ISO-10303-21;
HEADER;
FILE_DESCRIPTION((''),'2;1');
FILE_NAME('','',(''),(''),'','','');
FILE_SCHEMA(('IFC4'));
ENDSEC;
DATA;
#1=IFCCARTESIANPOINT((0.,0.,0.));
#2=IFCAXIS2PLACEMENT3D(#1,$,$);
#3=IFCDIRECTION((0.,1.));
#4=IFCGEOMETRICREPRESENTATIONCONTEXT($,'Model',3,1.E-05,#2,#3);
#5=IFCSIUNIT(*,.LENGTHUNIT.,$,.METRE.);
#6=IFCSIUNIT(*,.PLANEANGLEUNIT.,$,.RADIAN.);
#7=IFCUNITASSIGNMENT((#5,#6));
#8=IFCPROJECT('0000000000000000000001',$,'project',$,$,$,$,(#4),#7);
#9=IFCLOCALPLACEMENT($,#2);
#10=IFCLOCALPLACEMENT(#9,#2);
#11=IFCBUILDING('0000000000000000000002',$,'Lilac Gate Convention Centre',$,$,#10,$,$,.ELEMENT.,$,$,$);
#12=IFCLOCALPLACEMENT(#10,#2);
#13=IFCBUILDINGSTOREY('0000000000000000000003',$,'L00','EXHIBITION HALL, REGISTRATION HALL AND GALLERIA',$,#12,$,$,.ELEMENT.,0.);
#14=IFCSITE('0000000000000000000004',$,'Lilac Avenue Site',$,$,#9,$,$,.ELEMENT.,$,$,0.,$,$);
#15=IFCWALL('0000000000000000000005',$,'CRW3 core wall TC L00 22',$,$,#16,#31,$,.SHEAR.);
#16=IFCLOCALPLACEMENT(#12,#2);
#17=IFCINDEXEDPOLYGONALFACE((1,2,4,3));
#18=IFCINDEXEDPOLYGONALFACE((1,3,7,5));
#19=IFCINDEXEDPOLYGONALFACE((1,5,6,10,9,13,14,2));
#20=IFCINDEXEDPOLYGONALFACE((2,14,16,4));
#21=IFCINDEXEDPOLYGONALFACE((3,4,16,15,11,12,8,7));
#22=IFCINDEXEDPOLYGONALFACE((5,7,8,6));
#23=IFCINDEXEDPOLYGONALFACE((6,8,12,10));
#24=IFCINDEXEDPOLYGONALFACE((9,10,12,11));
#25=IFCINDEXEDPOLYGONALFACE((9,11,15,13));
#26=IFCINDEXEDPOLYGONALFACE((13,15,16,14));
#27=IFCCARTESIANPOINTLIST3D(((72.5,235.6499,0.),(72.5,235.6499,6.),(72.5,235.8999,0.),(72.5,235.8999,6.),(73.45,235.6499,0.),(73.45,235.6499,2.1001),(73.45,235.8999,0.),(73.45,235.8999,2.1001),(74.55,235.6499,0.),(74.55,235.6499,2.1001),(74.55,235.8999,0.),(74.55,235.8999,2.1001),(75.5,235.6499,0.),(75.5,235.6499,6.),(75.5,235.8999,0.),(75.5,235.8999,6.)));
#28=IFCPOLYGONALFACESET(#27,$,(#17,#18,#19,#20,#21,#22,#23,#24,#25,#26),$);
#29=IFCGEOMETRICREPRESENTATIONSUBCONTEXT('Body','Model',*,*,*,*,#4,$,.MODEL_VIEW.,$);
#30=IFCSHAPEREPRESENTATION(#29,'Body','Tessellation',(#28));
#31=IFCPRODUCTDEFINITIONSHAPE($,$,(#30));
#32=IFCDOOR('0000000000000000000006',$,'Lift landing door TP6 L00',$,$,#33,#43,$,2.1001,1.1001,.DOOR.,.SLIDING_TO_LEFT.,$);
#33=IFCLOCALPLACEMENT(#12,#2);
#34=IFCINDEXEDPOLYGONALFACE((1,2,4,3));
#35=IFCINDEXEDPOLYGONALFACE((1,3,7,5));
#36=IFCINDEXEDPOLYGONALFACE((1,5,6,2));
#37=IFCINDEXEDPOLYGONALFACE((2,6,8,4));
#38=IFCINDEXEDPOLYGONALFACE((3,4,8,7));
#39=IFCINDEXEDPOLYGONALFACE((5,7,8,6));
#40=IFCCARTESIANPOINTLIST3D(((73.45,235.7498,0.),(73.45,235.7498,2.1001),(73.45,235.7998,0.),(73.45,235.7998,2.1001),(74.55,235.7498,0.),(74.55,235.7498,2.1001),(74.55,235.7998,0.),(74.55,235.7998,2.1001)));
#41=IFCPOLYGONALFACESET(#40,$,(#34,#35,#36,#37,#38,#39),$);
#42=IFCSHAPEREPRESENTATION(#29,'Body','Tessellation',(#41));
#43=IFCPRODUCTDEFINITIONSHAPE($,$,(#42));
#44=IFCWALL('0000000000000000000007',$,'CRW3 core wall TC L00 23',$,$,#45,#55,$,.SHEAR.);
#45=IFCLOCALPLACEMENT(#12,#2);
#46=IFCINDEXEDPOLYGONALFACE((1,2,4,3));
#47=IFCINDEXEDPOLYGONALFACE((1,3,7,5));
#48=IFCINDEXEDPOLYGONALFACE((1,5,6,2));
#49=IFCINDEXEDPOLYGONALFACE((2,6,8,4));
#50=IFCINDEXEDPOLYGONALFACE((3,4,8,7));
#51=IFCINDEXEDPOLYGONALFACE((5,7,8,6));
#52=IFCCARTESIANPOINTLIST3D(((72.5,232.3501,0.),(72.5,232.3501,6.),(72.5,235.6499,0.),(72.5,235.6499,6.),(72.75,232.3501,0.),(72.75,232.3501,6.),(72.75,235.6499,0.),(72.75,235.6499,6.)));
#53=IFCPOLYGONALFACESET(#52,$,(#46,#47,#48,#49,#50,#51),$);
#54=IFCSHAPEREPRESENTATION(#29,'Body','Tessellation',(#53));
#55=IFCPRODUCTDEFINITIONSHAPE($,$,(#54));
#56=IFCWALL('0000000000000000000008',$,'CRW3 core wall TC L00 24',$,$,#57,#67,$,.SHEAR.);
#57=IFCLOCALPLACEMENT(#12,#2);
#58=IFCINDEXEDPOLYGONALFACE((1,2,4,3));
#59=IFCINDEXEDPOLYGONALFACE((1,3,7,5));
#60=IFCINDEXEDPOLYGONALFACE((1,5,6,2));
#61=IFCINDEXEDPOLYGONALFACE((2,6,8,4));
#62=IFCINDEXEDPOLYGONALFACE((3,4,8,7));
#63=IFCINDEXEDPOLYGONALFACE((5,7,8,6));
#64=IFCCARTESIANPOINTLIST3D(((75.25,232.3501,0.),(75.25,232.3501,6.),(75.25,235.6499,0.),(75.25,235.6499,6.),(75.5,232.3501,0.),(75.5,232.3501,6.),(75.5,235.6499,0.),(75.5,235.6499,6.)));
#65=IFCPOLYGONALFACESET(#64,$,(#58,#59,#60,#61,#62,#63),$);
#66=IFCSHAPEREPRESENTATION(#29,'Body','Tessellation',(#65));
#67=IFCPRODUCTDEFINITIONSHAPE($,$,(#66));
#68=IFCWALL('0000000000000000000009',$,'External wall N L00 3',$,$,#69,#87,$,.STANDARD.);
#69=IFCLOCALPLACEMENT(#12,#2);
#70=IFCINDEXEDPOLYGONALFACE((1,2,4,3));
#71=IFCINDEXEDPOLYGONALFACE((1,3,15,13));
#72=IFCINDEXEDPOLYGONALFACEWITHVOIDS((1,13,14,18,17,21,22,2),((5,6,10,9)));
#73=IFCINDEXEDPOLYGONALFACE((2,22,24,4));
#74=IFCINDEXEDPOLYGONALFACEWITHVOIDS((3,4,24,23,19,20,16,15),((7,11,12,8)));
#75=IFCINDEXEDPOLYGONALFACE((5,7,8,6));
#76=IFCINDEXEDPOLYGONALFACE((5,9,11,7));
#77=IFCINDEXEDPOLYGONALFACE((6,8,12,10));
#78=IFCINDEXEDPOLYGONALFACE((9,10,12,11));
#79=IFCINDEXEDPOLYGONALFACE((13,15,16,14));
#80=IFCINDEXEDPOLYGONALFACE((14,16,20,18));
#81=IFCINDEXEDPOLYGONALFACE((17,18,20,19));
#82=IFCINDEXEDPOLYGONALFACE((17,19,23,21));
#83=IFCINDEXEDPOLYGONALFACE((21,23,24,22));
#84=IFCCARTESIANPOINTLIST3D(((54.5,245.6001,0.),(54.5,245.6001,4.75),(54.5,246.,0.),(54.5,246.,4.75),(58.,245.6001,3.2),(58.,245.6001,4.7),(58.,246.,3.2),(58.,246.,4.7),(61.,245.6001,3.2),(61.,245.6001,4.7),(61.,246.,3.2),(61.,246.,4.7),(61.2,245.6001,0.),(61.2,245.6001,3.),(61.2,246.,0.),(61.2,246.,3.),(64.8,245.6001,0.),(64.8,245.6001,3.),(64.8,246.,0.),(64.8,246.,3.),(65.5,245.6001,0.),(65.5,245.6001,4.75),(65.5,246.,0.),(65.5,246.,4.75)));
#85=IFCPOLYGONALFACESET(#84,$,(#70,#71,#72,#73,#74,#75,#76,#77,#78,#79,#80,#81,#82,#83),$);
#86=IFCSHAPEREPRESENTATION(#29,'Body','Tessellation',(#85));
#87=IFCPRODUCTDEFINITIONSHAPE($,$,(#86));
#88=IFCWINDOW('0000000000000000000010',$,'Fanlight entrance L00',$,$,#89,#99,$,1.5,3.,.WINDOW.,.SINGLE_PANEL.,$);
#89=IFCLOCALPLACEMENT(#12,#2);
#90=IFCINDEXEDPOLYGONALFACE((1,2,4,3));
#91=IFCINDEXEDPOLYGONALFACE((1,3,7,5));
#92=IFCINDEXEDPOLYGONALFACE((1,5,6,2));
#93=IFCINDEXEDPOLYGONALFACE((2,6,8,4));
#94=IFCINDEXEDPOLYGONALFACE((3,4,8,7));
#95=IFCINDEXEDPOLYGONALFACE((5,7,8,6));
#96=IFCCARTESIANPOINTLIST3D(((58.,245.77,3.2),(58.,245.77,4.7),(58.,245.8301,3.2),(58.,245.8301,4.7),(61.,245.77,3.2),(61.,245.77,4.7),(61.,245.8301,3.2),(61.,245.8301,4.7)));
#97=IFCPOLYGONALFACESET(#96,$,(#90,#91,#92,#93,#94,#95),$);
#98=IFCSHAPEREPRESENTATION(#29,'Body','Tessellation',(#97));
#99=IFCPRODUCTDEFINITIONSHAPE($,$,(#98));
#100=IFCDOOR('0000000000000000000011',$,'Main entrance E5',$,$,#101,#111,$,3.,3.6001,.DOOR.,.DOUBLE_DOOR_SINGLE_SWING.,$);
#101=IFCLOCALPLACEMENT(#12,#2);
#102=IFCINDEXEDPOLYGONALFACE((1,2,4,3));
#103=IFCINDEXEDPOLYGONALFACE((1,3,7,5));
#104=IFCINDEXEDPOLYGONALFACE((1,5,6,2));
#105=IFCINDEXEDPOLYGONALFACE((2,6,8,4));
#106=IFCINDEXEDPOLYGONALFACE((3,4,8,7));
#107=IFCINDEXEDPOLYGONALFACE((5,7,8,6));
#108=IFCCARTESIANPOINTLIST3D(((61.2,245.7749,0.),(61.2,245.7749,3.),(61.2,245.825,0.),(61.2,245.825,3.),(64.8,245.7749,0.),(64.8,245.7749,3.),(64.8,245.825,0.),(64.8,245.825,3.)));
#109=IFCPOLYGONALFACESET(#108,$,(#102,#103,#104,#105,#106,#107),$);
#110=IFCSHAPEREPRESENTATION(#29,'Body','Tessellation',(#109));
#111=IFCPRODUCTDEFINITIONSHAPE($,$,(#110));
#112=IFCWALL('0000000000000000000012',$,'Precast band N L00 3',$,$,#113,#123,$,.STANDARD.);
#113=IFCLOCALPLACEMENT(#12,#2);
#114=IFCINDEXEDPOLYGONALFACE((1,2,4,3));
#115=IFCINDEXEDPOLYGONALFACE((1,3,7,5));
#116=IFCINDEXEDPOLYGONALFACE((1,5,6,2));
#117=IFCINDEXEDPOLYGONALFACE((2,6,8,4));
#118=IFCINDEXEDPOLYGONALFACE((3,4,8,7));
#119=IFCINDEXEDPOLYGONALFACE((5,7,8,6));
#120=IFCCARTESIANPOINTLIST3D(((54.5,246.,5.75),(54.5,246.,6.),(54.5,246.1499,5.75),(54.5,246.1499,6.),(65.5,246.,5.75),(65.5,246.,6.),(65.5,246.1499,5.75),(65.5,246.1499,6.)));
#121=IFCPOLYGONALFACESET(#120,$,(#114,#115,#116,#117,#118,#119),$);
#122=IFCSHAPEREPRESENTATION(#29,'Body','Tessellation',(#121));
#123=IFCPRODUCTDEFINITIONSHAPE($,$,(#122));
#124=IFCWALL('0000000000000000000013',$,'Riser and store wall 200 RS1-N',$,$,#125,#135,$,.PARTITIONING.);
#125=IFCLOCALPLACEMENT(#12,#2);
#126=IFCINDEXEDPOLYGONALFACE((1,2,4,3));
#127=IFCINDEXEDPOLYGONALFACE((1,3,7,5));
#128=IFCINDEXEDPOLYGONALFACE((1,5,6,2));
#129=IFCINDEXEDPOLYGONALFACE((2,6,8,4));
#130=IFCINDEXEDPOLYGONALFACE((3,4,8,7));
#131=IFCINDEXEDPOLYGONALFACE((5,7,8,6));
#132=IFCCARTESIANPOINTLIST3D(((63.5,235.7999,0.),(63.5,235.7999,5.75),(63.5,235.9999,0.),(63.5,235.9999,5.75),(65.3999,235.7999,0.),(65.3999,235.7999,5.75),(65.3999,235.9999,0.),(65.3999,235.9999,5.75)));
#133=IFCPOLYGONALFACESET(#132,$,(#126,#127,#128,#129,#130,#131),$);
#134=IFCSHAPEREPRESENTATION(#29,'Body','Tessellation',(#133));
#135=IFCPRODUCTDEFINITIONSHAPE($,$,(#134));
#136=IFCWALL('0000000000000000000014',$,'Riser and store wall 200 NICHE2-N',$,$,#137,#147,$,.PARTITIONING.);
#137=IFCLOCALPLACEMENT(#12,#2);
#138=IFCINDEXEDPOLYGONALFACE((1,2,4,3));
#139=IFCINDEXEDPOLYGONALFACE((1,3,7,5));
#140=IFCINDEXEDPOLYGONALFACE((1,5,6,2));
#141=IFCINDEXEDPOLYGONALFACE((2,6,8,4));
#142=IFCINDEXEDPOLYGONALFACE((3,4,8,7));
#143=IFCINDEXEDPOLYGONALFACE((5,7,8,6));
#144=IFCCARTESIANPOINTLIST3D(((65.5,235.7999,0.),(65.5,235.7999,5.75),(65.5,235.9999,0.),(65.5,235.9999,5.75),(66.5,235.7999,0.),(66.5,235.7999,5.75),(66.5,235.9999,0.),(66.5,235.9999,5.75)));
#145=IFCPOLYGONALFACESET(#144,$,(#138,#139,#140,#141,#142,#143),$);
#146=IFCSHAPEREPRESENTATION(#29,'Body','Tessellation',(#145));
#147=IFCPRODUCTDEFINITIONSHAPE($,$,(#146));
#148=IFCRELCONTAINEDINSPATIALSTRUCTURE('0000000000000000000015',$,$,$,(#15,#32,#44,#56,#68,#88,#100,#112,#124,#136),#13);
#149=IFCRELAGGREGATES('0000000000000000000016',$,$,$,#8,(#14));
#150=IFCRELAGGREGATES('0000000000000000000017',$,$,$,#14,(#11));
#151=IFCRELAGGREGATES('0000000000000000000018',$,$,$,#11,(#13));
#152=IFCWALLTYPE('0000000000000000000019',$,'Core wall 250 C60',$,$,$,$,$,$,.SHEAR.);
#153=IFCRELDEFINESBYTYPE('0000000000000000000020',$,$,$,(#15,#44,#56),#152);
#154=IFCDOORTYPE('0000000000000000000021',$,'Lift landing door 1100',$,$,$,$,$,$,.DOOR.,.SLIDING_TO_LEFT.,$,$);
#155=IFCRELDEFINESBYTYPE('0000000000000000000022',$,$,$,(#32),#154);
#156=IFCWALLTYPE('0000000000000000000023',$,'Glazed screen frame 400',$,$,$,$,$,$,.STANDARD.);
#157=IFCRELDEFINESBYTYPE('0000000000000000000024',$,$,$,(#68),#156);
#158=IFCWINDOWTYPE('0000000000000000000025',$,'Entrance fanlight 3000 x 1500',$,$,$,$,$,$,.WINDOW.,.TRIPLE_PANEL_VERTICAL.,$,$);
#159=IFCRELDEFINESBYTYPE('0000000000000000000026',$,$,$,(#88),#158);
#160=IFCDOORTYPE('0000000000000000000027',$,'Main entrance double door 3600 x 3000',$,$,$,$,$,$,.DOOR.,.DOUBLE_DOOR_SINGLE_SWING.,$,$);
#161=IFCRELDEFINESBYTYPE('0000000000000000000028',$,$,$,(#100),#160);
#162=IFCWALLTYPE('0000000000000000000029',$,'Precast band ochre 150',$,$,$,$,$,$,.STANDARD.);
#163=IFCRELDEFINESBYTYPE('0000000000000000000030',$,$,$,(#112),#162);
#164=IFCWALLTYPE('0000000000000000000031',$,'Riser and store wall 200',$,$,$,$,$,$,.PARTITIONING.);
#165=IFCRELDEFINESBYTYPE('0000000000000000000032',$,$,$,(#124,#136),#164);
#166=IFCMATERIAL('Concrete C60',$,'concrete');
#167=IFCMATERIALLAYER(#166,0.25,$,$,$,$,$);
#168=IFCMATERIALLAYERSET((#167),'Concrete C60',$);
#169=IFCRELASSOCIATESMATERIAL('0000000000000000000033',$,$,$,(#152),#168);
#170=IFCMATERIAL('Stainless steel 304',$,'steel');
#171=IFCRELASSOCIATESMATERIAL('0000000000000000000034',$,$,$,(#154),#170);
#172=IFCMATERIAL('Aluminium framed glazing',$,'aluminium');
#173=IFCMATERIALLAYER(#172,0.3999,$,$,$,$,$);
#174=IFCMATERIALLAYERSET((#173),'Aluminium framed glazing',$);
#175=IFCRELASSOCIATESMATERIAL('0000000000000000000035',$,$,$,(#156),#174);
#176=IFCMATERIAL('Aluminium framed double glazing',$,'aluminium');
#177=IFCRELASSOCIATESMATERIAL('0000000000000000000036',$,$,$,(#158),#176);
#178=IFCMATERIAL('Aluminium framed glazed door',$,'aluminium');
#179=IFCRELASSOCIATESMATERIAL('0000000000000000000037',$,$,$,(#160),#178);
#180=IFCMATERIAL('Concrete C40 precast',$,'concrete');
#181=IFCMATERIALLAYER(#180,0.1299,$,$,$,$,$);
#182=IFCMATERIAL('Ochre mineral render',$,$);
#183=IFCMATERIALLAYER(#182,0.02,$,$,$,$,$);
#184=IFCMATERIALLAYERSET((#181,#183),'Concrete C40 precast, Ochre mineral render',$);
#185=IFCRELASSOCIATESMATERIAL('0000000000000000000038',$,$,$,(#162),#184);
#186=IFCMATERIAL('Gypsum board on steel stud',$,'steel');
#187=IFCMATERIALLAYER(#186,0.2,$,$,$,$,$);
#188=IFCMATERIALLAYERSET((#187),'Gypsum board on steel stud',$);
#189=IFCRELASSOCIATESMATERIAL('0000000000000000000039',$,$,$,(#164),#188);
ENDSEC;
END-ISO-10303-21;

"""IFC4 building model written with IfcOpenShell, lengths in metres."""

from ifc_helpers import new_model, si_unit, direction, frame, frame_2d, origin, place, context, subcontext, project, spatial, rectangle, extrude, material, layer, layer_set, type_object, element, fill, save


model = new_model("IFC4")

# Units and contexts
model_context = context("Model", 3, precision=1e-05, world=origin(), true_north=direction((0.0, 1.0)))
body_context = subcontext(model_context, "Body", "Model", "MODEL_VIEW")
ifc_project = project(units=[si_unit("LENGTHUNIT", "METRE"), si_unit("PLANEANGLEUNIT", "RADIAN")], contexts=[model_context])

# Site, building, storey
site_placement = place(None, origin())
site = spatial("IfcSite", under=ifc_project, at=site_placement, Name="Lilac Avenue Site", CompositionType="ELEMENT", RefElevation=0.0)
building_placement = place(site_placement, origin())
building = spatial("IfcBuilding", under=site, at=building_placement, Name="Lilac Gate Convention Centre", CompositionType="ELEMENT")
storey_placement = place(building_placement, origin())
storey = spatial("IfcBuildingStorey", under=building, at=storey_placement, Name="L00", Description="EXHIBITION HALL, REGISTRATION HALL AND GALLERIA", CompositionType="ELEMENT", Elevation=0.0)

# Shared definitions
ifc_material_1 = material(Name="Concrete C60", Category="concrete")
ifc_layer_1 = layer(ifc_material_1, 0.25)
ifc_layer_set_1 = layer_set([ifc_layer_1], Name="Concrete C60")
wall_type_1 = type_object("IfcWallType", Name="Core wall 250 C60", PredefinedType="SHEAR", material=ifc_layer_set_1)

# Shared definitions
ifc_material_2 = material(Name="Stainless steel 304", Category="steel")
door_type_1 = type_object("IfcDoorType", Name="Lift landing door 1100", OperationType="SLIDING_TO_LEFT", PredefinedType="DOOR", material=ifc_material_2)

# Wall, opening, door
wall_1_placement = place(storey_placement, frame((72.5, 235.7749, 0.0), z_axis=(0.0, 0.0, 1.0), x_axis=(1.0, 0.0, 0.0)))
wall_1 = element("IfcWall", 1, at=wall_1_placement, inside=storey, type_object=wall_type_1, Name="CRW3 core wall TC L00 22", PredefinedType="SHEAR", context=body_context, shape_type="SweptSolid", body=[
    extrude(rectangle(XDim=3.0, YDim=0.25, at=frame_2d((1.5, 0.0))), origin(), (0.0, 0.0, 1.0), 6.0),
])
opening_1_placement = place(wall_1_placement, frame((0.95, 0.0, 0.0)))
opening_1 = element("IfcOpeningElement", 2, at=opening_1_placement, cuts=wall_1, PredefinedType="OPENING", context=body_context, shape_type="SweptSolid", body=[
    extrude(rectangle(XDim=1.1001, YDim=2.1001, at=frame_2d((0.55, 1.05))), frame((0.0, 0.135, 0.0), z_axis=(0.0, -1.0, 0.0), x_axis=(1.0, 0.0, 0.0)), (0.0, 0.0, 1.0), 0.27),
])
door_1_placement = place(opening_1_placement, origin())
door_1 = element("IfcDoor", 3, at=door_1_placement, inside=storey, type_object=door_type_1, Name="Lift landing door TP6 L00", OperationType="SLIDING_TO_LEFT", OverallHeight=2.1001, OverallWidth=1.1001, PredefinedType="DOOR", context=body_context, shape_type="SweptSolid", body=[
    extrude(rectangle(XDim=1.1001, YDim=2.1001, at=frame_2d((0.55, 1.05))), frame((0.0, 0.0249, 0.0), z_axis=(0.0, -1.0, 0.0), x_axis=(1.0, 0.0, 0.0)), (0.0, 0.0, 1.0), 0.05),
])
fill(opening_1, door_1)

# Walls
for number, where, z_axis, x_axis, name in (
    (4, (72.625, 232.3501, 0.0), (0.0, 0.0, 1.0), (0.0, 1.0, 0.0), "CRW3 core wall TC L00 23"),
    (5, (75.375, 232.3501, 0.0), (0.0, 0.0, 1.0), (0.0, 1.0, 0.0), "CRW3 core wall TC L00 24"),
):
    element("IfcWall", number, at=place(storey_placement, frame(where, z_axis=z_axis, x_axis=x_axis)), inside=storey, type_object=wall_type_1, Name=name, PredefinedType="SHEAR", context=body_context, shape_type="SweptSolid", body=[
        extrude(rectangle(XDim=3.2998, YDim=0.25, at=frame_2d((1.6499, 0.0))), origin(), (0.0, 0.0, 1.0), 6.0),
    ])

# Wall, openings, window, door
ifc_material_3 = material(Name="Aluminium framed glazing", Category="aluminium")
ifc_layer_2 = layer(ifc_material_3, 0.3999)
ifc_layer_set_2 = layer_set([ifc_layer_2], Name="Aluminium framed glazing")
wall_type_2 = type_object("IfcWallType", Name="Glazed screen frame 400", PredefinedType="STANDARD", material=ifc_layer_set_2)
wall_2_placement = place(storey_placement, frame((65.5, 245.8, 0.0), z_axis=(0.0, 0.0, 1.0), x_axis=(-1.0, 0.0, 0.0)))
wall_2 = element("IfcWall", 6, at=wall_2_placement, inside=storey, type_object=wall_type_2, Name="External wall N L00 3", PredefinedType="STANDARD", context=body_context, shape_type="SweptSolid", body=[
    extrude(rectangle(XDim=11.0, YDim=0.3999, at=frame_2d((5.5, 0.0))), origin(), (0.0, 0.0, 1.0), 4.75),
])
opening_2_placement = place(wall_2_placement, frame((0.7, 0.0, 0.0)))
opening_2 = element("IfcOpeningElement", 7, at=opening_2_placement, cuts=wall_2, PredefinedType="OPENING", context=body_context, shape_type="SweptSolid", body=[
    extrude(rectangle(XDim=3.6001, YDim=3.0, at=frame_2d((1.8, 1.5))), frame((0.0, 0.21, 0.0), z_axis=(0.0, -1.0, 0.0), x_axis=(1.0, 0.0, 0.0)), (0.0, 0.0, 1.0), 0.4199),
])
opening_3_placement = place(wall_2_placement, frame((4.5, 0.0, 3.2)))
opening_3 = element("IfcOpeningElement", 8, at=opening_3_placement, cuts=wall_2, PredefinedType="OPENING", context=body_context, shape_type="SweptSolid", body=[
    extrude(rectangle(XDim=3.0, YDim=1.5, at=frame_2d((1.5, 0.75))), frame((0.0, 0.21, 0.0), z_axis=(0.0, -1.0, 0.0), x_axis=(1.0, 0.0, 0.0)), (0.0, 0.0, 1.0), 0.4199),
])
ifc_material_4 = material(Name="Aluminium framed double glazing", Category="aluminium")
window_type = type_object("IfcWindowType", Name="Entrance fanlight 3000 x 1500", PartitioningType="TRIPLE_PANEL_VERTICAL", PredefinedType="WINDOW", material=ifc_material_4)
window_placement = place(opening_3_placement, origin())
window = element("IfcWindow", 9, at=window_placement, inside=storey, type_object=window_type, Name="Fanlight entrance L00", OverallHeight=1.5, OverallWidth=3.0, PartitioningType="SINGLE_PANEL", PredefinedType="WINDOW", context=body_context, shape_type="SweptSolid", body=[
    extrude(rectangle(XDim=3.0, YDim=1.5, at=frame_2d((1.5, 0.75))), frame((0.0, 0.03, 0.0), z_axis=(0.0, -1.0, 0.0), x_axis=(1.0, 0.0, 0.0)), (0.0, 0.0, 1.0), 0.0601),
])
fill(opening_3, window)
ifc_material_5 = material(Name="Aluminium framed glazed door", Category="aluminium")
door_type_2 = type_object("IfcDoorType", Name="Main entrance double door 3600 x 3000", OperationType="DOUBLE_DOOR_SINGLE_SWING", PredefinedType="DOOR", material=ifc_material_5)
door_2_placement = place(opening_2_placement, frame((3.6001, 0.0, 0.0), z_axis=(0.0, 0.0, 1.0), x_axis=(-1.0, 0.0, 0.0)))
door_2 = element("IfcDoor", 10, at=door_2_placement, inside=storey, type_object=door_type_2, Name="Main entrance E5", OperationType="DOUBLE_DOOR_SINGLE_SWING", OverallHeight=3.0, OverallWidth=3.6001, PredefinedType="DOOR", context=body_context, shape_type="SweptSolid", body=[
    extrude(rectangle(XDim=3.6001, YDim=3.0, at=frame_2d((1.8, 1.5))), frame((0.0, 0.0249, 0.0), z_axis=(0.0, -1.0, 0.0), x_axis=(1.0, 0.0, 0.0)), (0.0, 0.0, 1.0), 0.05),
])
fill(opening_2, door_2)

# Walls
ifc_material_6 = material(Name="Concrete C40 precast", Category="concrete")
ifc_layer_3 = layer(ifc_material_6, 0.1299)
ifc_material_7 = material(Name="Ochre mineral render")
ifc_layer_4 = layer(ifc_material_7, 0.02)
ifc_layer_set_3 = layer_set([ifc_layer_3, ifc_layer_4], Name="Concrete C40 precast, Ochre mineral render")
wall_type_3 = type_object("IfcWallType", Name="Precast band ochre 150", PredefinedType="STANDARD", material=ifc_layer_set_3)
wall_3_placement = place(storey_placement, frame((65.5, 246.075, 5.75), z_axis=(0.0, 0.0, 1.0), x_axis=(-1.0, 0.0, 0.0)))
element("IfcWall", 11, at=wall_3_placement, inside=storey, type_object=wall_type_3, Name="Precast band N L00 3", PredefinedType="STANDARD", context=body_context, shape_type="SweptSolid", body=[
    extrude(rectangle(XDim=11.0, YDim=0.1499, at=frame_2d((5.5, 0.0))), origin(), (0.0, 0.0, 1.0), 0.25),
])
ifc_material_8 = material(Name="Gypsum board on steel stud", Category="steel")
ifc_layer_5 = layer(ifc_material_8, 0.2)
ifc_layer_set_4 = layer_set([ifc_layer_5], Name="Gypsum board on steel stud")
wall_type_4 = type_object("IfcWallType", Name="Riser and store wall 200", PredefinedType="PARTITIONING", material=ifc_layer_set_4)
wall_4_placement = place(storey_placement, frame((63.5, 235.8999, 0.0), z_axis=(0.0, 0.0, 1.0), x_axis=(1.0, 0.0, 0.0)))
element("IfcWall", 12, at=wall_4_placement, inside=storey, type_object=wall_type_4, Name="Riser and store wall 200 RS1-N", PredefinedType="PARTITIONING", context=body_context, shape_type="SweptSolid", body=[
    extrude(rectangle(XDim=1.8999, YDim=0.2, at=frame_2d((0.95, 0.0))), origin(), (0.0, 0.0, 1.0), 5.75),
])
wall_5_placement = place(storey_placement, frame((65.5, 235.8999, 0.0), z_axis=(0.0, 0.0, 1.0), x_axis=(1.0, 0.0, 0.0)))
element("IfcWall", 13, at=wall_5_placement, inside=storey, type_object=wall_type_4, Name="Riser and store wall 200 NICHE2-N", PredefinedType="PARTITIONING", context=body_context, shape_type="SweptSolid", body=[
    extrude(rectangle(XDim=1.0, YDim=0.2, at=frame_2d((0.5, 0.0))), origin(), (0.0, 0.0, 1.0), 5.75),
])

save(model, "model.ifc")
